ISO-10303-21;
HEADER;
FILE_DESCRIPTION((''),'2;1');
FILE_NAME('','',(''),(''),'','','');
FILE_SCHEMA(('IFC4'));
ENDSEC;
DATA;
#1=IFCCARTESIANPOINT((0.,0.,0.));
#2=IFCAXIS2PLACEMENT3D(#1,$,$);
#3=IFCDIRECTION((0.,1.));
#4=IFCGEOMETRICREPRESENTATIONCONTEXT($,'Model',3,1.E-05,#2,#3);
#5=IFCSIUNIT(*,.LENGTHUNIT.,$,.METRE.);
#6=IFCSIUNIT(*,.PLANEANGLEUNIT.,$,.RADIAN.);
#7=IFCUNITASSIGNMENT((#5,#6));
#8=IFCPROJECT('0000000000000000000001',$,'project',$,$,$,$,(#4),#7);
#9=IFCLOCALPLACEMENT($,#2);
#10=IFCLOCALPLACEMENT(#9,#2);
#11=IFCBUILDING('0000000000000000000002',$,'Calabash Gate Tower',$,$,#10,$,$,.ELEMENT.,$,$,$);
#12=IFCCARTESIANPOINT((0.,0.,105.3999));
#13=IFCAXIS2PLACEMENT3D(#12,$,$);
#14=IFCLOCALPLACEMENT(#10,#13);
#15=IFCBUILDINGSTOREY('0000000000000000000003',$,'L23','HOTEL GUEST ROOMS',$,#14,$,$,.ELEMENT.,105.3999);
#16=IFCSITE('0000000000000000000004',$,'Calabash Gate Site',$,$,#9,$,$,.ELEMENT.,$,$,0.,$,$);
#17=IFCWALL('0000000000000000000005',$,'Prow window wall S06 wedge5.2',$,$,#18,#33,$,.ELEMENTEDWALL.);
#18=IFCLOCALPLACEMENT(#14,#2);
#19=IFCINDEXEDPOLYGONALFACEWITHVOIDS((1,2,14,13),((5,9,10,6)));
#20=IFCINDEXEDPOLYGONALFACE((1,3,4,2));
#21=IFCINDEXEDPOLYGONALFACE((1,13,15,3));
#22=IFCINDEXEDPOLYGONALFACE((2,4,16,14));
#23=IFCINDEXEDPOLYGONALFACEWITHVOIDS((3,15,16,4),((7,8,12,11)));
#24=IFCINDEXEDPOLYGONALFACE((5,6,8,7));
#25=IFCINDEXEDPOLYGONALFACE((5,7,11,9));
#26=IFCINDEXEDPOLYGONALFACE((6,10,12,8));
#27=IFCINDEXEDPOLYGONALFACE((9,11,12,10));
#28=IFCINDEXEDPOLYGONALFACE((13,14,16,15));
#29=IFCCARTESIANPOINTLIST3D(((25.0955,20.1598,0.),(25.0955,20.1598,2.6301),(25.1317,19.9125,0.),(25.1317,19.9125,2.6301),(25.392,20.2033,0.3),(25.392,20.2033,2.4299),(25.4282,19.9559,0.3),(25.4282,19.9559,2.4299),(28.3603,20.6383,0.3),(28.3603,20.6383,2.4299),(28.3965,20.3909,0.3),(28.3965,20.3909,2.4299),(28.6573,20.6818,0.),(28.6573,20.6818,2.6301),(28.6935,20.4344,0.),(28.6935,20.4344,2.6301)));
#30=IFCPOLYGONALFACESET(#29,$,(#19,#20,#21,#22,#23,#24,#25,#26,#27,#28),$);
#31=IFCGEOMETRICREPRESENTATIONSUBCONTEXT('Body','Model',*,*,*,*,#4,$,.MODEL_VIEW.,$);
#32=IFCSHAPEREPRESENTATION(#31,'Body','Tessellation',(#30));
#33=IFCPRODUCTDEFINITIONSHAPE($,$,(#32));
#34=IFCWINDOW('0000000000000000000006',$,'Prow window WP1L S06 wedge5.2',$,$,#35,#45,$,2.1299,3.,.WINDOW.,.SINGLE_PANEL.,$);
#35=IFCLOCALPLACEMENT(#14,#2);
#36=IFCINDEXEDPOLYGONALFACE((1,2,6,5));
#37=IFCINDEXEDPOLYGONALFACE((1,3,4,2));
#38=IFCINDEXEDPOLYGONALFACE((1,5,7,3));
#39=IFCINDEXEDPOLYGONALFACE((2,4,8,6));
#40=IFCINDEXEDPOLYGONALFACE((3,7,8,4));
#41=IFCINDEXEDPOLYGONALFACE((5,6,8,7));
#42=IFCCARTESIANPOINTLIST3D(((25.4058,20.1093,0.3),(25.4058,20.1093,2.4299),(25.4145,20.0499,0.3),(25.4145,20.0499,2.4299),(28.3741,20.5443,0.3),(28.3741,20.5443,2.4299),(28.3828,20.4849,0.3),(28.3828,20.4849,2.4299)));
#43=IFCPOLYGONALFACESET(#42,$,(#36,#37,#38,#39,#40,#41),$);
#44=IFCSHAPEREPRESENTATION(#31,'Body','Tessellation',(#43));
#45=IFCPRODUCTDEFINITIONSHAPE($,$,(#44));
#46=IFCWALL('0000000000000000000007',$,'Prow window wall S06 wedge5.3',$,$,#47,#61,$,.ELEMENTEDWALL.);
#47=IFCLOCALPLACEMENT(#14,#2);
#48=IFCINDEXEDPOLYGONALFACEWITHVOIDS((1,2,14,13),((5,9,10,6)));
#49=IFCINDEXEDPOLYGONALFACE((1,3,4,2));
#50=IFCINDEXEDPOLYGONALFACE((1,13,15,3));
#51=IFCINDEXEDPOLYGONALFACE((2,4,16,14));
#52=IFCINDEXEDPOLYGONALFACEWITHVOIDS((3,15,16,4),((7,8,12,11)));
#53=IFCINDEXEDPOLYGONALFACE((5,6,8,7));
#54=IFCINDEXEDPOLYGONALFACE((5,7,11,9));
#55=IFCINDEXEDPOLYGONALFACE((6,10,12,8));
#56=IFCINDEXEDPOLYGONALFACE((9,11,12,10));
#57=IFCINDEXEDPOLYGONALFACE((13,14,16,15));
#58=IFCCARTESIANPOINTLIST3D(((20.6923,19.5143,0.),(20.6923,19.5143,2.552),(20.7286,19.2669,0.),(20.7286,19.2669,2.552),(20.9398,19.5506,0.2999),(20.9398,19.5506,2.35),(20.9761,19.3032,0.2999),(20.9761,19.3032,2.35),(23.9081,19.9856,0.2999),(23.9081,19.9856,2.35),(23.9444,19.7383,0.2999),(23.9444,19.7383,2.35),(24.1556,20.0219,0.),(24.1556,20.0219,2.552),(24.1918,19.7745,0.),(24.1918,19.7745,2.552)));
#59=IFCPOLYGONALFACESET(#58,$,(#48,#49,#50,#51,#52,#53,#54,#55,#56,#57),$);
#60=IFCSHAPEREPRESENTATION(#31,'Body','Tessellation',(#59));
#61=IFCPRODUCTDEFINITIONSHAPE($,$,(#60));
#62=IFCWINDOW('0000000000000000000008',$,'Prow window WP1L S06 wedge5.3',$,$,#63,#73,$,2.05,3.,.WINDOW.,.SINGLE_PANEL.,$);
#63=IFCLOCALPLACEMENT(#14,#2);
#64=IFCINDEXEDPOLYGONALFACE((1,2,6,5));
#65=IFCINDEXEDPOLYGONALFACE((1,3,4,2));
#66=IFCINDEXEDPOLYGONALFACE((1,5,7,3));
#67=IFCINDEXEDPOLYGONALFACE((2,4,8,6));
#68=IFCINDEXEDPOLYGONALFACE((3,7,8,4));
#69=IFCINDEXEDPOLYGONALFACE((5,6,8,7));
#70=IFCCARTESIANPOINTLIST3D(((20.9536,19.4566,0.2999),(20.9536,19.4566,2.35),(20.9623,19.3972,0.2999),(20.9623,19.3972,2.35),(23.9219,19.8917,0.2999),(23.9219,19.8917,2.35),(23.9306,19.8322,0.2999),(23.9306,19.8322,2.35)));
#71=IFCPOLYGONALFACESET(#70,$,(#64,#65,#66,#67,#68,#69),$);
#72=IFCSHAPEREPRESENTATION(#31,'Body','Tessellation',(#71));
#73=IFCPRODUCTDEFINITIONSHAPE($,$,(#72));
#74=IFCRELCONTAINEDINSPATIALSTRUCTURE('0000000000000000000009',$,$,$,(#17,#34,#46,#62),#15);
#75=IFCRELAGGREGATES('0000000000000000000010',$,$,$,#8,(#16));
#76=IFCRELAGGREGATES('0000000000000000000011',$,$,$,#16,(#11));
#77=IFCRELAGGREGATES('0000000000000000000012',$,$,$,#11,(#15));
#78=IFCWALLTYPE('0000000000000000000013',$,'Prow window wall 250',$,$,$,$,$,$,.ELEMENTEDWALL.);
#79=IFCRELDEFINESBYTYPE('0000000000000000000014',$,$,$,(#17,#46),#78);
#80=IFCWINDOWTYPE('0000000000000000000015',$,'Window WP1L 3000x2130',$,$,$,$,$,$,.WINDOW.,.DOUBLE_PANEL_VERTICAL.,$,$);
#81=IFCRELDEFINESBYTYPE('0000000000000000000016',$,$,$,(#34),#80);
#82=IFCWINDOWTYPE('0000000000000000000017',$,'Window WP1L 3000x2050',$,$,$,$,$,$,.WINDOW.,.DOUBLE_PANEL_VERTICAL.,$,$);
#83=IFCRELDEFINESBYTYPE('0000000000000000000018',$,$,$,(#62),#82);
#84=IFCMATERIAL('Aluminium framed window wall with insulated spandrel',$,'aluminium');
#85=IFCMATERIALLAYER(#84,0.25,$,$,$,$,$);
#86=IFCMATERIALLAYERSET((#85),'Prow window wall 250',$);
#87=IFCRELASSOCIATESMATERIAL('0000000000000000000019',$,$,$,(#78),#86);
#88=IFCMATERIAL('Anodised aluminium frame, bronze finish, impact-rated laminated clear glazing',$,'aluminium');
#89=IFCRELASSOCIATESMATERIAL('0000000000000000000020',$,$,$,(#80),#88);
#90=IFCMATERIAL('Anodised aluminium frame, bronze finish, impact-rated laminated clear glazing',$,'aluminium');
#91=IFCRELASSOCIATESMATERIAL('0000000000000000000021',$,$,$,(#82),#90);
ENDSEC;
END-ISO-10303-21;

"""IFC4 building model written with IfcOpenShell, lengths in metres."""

from ifc_helpers import new_model, si_unit, direction, frame, frame_2d, origin, place, context, subcontext, project, spatial, rectangle, extrude, material, layer, layer_set, type_object, element, fill, save


model = new_model("IFC4")

# Units and contexts
model_context = context("Model", 3, precision=1e-05, world=origin(), true_north=direction((0.0, 1.0)))
body_context = subcontext(model_context, "Body", "Model", "MODEL_VIEW")
ifc_project = project(units=[si_unit("LENGTHUNIT", "METRE"), si_unit("PLANEANGLEUNIT", "RADIAN")], contexts=[model_context])

# Site, building, storey
site_placement = place(None, origin())
site = spatial("IfcSite", under=ifc_project, at=site_placement, Name="Calabash Gate Site", CompositionType="ELEMENT", RefElevation=0.0)
building_placement = place(site_placement, origin())
building = spatial("IfcBuilding", under=site, at=building_placement, Name="Calabash Gate Tower", CompositionType="ELEMENT")
storey_placement = place(building_placement, frame((0.0, 0.0, 105.3999)))
storey = spatial("IfcBuildingStorey", under=building, at=storey_placement, Name="L23", Description="HOTEL GUEST ROOMS", CompositionType="ELEMENT", Elevation=105.3999)

# Walls, openings, windows
ifc_material_1 = material(Name="Aluminium framed window wall with insulated spandrel", Category="aluminium")
ifc_layer_1 = layer(ifc_material_1, 0.25)
ifc_layer_set_1 = layer_set([ifc_layer_1], Name="Prow window wall 250")
wall_type_1 = type_object("IfcWallType", Name="Prow window wall 250", PredefinedType="ELEMENTEDWALL", material=ifc_layer_set_1)
ifc_material_2 = material(Name="Anodised aluminium frame, bronze finish, impact-rated laminated clear glazing", Category="aluminium")
window_type_1 = type_object("IfcWindowType", Name="Window WP1L 3000x2130", PartitioningType="DOUBLE_PANEL_VERTICAL", PredefinedType="WINDOW", material=ifc_material_2)
wall_1_placement = place(storey_placement, frame((28.6753, 20.5581, 0.0), z_axis=(0.0, 0.0, 1.0), x_axis=(-0.989432, -0.145, 0.0)))
wall_1 = element("IfcWall", 1, at=wall_1_placement, inside=storey, type_object=wall_type_1, Name="Prow window wall S06 wedge5.2", PredefinedType="ELEMENTEDWALL", context=body_context, shape_type="SweptSolid", body=[
    extrude(rectangle(XDim=3.5999, YDim=0.25, at=frame_2d((1.7998, 0.0))), origin(), (0.0, 0.0, 1.0), 2.6301),
])
opening_1_placement = place(wall_1_placement, frame((0.3, 0.0, 0.3)))
opening_1 = element("IfcOpeningElement", 2, at=opening_1_placement, cuts=wall_1, PredefinedType="OPENING", context=body_context, shape_type="SweptSolid", body=[
    extrude(rectangle(XDim=3.0, YDim=2.1299, at=frame_2d((1.5, 1.0649))), frame((0.0, 0.135, 0.0), z_axis=(0.0, -1.0, 0.0), x_axis=(1.0, 0.0, 0.0)), (0.0, 0.0, 1.0), 0.27),
])
window_1_placement = place(opening_1_placement, origin())
window_1 = element("IfcWindow", 3, at=window_1_placement, inside=storey, type_object=window_type_1, Name="Prow window WP1L S06 wedge5.2", OverallHeight=2.1299, OverallWidth=3.0, PartitioningType="SINGLE_PANEL", PredefinedType="WINDOW", context=body_context, shape_type="SweptSolid", body=[
    extrude(rectangle(XDim=3.0, YDim=2.1299, at=frame_2d((1.5, 1.0649))), frame((0.0, 0.03, 0.0), z_axis=(0.0, -1.0, 0.0), x_axis=(1.0, 0.0, 0.0)), (0.0, 0.0, 1.0), 0.0601),
])
fill(opening_1, window_1)
wall_2_placement = place(storey_placement, frame((24.1736, 19.8982, 0.0), z_axis=(0.0, 0.0, 1.0), x_axis=(-0.98943, -0.145014, 0.0)))
wall_2 = element("IfcWall", 4, at=wall_2_placement, inside=storey, type_object=wall_type_1, Name="Prow window wall S06 wedge5.3", PredefinedType="ELEMENTEDWALL", context=body_context, shape_type="SweptSolid", body=[
    extrude(rectangle(XDim=3.5002, YDim=0.25, at=frame_2d((1.75, 0.0))), origin(), (0.0, 0.0, 1.0), 2.552),
])
opening_2_placement = place(wall_2_placement, frame((0.25, 0.0, 0.3)))
opening_2 = element("IfcOpeningElement", 5, at=opening_2_placement, cuts=wall_2, PredefinedType="OPENING", context=body_context, shape_type="SweptSolid", body=[
    extrude(rectangle(XDim=3.0, YDim=2.05, at=frame_2d((1.5, 1.0249))), frame((0.0, 0.135, 0.0), z_axis=(0.0, -1.0, 0.0), x_axis=(1.0, 0.0, 0.0)), (0.0, 0.0, 1.0), 0.27),
])
ifc_material_3 = material(Name="Anodised aluminium frame, bronze finish, impact-rated laminated clear glazing", Category="aluminium")
window_type_2 = type_object("IfcWindowType", Name="Window WP1L 3000x2050", PartitioningType="DOUBLE_PANEL_VERTICAL", PredefinedType="WINDOW", material=ifc_material_3)
window_2_placement = place(opening_2_placement, origin())
window_2 = element("IfcWindow", 6, at=window_2_placement, inside=storey, type_object=window_type_2, Name="Prow window WP1L S06 wedge5.3", OverallHeight=2.05, OverallWidth=3.0, PartitioningType="SINGLE_PANEL", PredefinedType="WINDOW", context=body_context, shape_type="SweptSolid", body=[
    extrude(rectangle(XDim=3.0, YDim=2.05, at=frame_2d((1.5, 1.0249))), frame((0.0, 0.03, 0.0), z_axis=(0.0, -1.0, 0.0), x_axis=(1.0, 0.0, 0.0)), (0.0, 0.0, 1.0), 0.0601),
])
fill(opening_2, window_2)

save(model, "model.ifc")
